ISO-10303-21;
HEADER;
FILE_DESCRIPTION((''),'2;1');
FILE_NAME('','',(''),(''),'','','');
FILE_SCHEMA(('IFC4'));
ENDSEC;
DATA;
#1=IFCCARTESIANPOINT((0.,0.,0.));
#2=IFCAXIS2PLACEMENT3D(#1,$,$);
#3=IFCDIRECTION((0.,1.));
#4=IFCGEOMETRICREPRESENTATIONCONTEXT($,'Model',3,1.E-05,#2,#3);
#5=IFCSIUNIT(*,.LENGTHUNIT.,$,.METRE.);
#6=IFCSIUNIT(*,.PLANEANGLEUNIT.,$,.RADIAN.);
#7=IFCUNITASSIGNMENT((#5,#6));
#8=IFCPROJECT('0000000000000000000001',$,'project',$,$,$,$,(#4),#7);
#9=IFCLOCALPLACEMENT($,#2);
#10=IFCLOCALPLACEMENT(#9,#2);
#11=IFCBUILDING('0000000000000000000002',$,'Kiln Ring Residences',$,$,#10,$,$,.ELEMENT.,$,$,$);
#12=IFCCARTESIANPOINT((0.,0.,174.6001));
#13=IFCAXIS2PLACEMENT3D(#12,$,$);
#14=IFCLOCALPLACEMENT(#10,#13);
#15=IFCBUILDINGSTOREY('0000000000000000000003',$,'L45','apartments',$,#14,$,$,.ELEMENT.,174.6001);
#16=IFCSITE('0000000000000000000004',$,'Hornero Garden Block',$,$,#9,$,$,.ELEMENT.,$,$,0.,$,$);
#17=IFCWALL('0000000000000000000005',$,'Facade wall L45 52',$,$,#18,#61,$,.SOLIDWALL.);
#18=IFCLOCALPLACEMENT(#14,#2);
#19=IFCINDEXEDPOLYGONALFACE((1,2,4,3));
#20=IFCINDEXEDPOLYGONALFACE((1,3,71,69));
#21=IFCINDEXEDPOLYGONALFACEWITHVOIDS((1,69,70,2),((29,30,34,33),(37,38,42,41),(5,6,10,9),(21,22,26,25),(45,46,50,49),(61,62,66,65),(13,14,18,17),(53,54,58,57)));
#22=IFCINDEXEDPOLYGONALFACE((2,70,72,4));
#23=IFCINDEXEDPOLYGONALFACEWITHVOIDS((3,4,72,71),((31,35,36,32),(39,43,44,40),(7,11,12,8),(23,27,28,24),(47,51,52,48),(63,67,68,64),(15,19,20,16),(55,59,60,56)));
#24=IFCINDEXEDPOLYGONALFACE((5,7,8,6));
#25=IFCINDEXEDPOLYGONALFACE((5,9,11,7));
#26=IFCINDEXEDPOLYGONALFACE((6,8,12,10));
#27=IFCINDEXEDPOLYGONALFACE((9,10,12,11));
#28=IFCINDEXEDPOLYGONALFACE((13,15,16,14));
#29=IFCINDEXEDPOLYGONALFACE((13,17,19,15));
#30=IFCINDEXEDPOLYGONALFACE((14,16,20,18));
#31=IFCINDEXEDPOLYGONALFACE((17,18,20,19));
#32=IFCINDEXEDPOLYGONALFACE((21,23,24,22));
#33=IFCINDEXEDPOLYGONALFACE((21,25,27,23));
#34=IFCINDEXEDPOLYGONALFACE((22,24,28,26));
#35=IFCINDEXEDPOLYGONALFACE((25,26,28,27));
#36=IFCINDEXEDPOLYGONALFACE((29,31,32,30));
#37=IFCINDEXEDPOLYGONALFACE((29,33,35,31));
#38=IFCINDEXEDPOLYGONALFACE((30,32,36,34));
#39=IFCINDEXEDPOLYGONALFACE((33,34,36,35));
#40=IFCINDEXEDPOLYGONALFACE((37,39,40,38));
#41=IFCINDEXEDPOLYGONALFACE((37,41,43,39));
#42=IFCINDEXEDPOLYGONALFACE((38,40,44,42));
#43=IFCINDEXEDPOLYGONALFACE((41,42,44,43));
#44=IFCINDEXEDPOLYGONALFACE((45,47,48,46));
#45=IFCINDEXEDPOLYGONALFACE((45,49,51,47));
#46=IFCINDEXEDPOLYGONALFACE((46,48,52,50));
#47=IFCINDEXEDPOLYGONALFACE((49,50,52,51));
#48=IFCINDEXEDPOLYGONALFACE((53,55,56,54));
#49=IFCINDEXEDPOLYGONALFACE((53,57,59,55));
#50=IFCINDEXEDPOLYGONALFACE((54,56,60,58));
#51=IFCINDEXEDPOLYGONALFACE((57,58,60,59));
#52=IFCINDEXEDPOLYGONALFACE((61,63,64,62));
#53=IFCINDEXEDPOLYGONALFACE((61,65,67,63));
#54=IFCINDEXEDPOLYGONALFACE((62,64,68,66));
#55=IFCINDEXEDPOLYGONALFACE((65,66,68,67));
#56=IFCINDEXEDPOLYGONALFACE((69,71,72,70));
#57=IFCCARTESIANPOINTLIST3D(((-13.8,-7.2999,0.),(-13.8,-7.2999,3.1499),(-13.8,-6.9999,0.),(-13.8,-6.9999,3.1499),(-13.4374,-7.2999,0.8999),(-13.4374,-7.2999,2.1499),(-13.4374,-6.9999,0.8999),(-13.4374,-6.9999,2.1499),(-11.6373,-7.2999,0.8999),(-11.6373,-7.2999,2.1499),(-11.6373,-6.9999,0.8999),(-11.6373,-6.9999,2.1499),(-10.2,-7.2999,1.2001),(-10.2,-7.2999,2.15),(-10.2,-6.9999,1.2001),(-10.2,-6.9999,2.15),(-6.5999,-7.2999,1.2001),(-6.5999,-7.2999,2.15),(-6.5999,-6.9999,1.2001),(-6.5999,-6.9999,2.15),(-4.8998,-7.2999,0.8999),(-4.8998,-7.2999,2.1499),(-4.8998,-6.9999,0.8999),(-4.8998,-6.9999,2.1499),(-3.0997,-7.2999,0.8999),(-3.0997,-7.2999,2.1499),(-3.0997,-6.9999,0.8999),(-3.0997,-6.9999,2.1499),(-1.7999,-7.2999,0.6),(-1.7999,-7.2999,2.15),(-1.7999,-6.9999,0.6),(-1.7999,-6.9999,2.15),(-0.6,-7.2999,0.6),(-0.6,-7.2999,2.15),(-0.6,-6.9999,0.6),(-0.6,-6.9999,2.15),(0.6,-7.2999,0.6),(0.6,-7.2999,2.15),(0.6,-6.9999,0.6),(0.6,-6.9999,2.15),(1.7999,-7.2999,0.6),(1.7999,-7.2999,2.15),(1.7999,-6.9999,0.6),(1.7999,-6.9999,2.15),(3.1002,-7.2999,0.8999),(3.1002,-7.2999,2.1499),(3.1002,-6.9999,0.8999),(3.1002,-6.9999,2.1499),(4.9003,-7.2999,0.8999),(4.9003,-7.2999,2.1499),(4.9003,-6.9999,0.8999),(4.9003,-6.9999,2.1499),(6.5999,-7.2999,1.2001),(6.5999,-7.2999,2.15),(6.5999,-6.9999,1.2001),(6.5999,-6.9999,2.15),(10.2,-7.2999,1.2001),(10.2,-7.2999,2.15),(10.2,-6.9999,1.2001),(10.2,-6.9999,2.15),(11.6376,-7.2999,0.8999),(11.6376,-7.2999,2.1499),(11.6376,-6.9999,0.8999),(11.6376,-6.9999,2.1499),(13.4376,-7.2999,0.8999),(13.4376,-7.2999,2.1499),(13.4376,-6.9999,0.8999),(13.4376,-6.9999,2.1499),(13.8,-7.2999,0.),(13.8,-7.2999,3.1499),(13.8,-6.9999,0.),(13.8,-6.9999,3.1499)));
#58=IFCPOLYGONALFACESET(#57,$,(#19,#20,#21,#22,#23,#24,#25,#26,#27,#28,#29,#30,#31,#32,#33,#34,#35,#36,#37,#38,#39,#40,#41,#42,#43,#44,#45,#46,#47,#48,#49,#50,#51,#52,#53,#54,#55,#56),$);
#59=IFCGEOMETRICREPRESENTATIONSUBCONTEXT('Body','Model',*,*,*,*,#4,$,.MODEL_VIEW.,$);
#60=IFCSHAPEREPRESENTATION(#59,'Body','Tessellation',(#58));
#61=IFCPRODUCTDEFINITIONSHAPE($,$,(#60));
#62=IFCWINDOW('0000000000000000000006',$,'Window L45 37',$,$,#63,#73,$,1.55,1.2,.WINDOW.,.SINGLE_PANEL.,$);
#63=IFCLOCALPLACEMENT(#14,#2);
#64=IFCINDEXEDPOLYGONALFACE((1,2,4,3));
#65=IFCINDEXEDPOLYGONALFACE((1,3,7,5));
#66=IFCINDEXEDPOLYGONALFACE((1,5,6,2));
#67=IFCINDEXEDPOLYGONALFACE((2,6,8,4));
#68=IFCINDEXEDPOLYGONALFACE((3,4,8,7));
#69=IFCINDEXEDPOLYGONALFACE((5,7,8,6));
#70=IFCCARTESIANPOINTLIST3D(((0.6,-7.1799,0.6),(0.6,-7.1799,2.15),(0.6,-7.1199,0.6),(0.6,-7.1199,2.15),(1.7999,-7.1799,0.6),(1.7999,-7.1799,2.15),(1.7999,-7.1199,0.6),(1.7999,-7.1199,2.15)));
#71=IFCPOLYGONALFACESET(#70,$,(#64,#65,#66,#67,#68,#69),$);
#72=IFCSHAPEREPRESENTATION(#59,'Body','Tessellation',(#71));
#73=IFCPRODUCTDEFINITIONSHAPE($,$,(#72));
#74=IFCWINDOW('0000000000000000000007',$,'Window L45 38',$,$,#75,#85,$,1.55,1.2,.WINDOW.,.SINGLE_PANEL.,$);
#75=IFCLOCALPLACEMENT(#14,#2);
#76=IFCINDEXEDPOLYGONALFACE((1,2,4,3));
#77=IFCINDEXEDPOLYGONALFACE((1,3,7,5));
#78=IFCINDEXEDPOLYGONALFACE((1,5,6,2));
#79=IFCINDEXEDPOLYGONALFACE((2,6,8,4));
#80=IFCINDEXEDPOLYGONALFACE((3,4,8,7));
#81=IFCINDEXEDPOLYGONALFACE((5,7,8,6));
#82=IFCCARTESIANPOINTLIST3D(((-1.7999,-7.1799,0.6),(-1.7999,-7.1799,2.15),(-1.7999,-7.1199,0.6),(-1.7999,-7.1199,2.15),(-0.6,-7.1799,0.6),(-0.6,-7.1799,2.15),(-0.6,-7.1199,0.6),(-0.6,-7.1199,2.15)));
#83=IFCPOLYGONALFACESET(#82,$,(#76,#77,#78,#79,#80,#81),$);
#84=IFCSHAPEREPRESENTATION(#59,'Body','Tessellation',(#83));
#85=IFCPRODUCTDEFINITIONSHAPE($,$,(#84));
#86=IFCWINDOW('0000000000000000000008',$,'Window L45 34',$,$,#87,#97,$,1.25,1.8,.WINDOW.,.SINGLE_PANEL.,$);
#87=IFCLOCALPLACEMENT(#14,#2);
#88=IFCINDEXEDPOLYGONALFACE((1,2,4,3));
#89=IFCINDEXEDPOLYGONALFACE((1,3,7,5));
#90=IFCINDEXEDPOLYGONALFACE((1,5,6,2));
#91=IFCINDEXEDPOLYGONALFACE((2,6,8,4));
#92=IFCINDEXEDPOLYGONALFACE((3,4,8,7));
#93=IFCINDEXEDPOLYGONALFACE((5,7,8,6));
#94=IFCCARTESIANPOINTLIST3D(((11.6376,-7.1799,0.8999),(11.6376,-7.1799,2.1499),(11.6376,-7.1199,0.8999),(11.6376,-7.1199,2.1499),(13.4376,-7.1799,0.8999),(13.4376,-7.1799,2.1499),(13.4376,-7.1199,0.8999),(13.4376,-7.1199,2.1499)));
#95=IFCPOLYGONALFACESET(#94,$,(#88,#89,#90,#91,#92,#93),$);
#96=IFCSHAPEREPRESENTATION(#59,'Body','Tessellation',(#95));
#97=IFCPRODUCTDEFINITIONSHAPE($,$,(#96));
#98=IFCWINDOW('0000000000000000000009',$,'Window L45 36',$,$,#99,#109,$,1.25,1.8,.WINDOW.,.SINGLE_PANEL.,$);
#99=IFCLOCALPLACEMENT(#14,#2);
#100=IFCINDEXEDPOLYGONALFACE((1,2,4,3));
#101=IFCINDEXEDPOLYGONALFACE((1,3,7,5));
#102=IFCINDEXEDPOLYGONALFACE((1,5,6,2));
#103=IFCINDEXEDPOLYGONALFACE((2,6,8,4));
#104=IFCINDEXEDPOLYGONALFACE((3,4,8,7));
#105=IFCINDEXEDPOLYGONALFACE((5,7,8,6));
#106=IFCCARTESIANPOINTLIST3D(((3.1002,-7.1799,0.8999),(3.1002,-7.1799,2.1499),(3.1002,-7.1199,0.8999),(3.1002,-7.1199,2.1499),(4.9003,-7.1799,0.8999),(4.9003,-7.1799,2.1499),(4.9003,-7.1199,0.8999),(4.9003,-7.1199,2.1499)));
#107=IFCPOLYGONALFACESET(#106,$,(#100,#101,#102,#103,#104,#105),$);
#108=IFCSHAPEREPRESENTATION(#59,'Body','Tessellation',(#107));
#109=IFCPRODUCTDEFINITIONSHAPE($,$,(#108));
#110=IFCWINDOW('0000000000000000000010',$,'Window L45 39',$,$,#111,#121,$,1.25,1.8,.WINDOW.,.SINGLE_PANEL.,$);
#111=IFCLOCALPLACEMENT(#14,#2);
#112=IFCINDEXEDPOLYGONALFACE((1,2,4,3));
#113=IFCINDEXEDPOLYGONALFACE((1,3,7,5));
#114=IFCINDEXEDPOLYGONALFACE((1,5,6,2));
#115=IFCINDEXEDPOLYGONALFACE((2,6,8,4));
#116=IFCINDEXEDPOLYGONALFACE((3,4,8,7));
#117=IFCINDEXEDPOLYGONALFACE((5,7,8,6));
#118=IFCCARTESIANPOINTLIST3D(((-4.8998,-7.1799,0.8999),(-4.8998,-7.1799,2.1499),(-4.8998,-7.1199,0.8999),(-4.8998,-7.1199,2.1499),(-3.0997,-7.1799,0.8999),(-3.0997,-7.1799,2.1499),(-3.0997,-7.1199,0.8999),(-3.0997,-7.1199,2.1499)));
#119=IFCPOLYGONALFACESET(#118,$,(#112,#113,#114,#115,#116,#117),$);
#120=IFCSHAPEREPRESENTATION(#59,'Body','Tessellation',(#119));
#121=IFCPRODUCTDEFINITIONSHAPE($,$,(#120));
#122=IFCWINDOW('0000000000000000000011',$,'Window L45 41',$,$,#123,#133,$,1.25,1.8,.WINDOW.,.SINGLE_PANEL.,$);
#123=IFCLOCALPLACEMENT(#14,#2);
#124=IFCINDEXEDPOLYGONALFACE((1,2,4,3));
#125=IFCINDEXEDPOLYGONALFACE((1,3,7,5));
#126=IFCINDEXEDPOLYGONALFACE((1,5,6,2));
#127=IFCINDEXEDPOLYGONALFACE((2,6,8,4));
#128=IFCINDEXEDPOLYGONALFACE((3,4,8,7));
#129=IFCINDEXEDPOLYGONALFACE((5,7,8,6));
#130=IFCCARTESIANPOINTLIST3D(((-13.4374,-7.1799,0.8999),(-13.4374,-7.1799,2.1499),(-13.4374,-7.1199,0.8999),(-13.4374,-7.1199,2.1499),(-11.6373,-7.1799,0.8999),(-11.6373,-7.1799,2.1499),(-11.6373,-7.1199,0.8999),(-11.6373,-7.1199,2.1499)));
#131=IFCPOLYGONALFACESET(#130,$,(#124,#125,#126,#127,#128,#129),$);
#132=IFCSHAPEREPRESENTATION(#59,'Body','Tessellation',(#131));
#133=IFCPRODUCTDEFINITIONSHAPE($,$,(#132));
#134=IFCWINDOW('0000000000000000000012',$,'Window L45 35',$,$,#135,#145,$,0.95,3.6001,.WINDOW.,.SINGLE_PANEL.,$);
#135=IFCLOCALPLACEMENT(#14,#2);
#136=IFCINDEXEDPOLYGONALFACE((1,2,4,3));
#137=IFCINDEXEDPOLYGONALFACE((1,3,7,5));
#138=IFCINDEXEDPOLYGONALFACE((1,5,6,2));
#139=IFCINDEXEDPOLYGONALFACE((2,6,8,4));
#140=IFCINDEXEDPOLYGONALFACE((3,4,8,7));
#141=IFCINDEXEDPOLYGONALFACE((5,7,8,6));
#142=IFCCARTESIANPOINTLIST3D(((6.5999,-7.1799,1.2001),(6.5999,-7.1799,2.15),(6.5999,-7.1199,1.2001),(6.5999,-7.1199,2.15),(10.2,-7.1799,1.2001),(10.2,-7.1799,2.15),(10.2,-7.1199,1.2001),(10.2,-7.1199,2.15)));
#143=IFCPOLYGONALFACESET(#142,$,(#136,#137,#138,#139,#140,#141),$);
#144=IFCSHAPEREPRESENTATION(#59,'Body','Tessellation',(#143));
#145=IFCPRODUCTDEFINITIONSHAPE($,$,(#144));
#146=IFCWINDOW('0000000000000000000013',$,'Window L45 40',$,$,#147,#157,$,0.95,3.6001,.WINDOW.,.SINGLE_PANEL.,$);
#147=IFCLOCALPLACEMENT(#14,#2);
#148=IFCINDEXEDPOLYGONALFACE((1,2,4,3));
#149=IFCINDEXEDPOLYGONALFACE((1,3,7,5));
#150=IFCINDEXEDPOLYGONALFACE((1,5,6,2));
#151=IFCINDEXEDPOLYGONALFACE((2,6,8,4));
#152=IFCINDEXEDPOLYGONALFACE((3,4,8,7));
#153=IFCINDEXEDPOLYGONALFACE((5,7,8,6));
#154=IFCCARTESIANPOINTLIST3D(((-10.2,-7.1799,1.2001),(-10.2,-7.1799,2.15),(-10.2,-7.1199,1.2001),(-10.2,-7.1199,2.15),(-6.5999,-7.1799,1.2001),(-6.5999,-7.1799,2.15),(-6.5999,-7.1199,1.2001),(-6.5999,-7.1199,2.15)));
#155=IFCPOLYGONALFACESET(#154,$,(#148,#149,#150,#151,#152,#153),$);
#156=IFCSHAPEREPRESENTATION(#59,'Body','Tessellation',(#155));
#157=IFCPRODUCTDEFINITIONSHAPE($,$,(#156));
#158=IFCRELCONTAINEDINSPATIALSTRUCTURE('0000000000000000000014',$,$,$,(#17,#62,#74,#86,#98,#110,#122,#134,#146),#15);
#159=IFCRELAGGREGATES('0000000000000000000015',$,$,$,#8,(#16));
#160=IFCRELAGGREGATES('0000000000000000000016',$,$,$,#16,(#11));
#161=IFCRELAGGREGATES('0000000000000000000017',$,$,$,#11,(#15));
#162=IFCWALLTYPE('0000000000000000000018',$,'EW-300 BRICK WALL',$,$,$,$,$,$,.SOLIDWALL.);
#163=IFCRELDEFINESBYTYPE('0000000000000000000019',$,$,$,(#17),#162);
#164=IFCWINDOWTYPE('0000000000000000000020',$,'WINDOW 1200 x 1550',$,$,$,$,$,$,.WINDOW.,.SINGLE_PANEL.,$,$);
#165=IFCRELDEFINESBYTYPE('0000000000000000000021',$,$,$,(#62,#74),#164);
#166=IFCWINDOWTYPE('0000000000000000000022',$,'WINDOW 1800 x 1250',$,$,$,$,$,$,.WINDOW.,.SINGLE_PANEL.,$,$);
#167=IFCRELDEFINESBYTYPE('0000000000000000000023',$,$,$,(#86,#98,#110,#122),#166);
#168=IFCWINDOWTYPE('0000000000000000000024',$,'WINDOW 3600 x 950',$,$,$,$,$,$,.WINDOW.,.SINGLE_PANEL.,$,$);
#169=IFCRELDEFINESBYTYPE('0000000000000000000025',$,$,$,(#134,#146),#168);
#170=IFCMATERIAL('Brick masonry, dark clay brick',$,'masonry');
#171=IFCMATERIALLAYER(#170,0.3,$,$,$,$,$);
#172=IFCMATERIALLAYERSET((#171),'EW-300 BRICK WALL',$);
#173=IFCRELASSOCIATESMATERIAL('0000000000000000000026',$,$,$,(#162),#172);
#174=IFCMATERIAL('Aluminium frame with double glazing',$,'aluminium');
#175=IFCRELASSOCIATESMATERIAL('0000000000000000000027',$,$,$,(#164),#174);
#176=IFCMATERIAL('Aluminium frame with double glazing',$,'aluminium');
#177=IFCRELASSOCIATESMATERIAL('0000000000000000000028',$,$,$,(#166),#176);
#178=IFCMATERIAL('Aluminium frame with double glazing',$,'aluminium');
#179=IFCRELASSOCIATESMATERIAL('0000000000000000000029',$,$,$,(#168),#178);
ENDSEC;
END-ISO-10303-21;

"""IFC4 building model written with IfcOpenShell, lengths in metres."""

from ifc_helpers import new_model, si_unit, direction, frame, frame_2d, origin, place, context, subcontext, project, spatial, rectangle, extrude, material, layer, layer_set, type_object, element, fill, save


model = new_model("IFC4")

# Units and contexts
model_context = context("Model", 3, precision=1e-05, world=origin(), true_north=direction((0.0, 1.0)))
body_context = subcontext(model_context, "Body", "Model", "MODEL_VIEW")
ifc_project = project(units=[si_unit("LENGTHUNIT", "METRE"), si_unit("PLANEANGLEUNIT", "RADIAN")], contexts=[model_context])

# Site, building, storey
site_placement = place(None, origin())
site = spatial("IfcSite", under=ifc_project, at=site_placement, Name="Hornero Garden Block", CompositionType="ELEMENT", RefElevation=0.0)
building_placement = place(site_placement, origin())
building = spatial("IfcBuilding", under=site, at=building_placement, Name="Kiln Ring Residences", CompositionType="ELEMENT")
storey_placement = place(building_placement, frame((0.0, 0.0, 174.6001)))
storey = spatial("IfcBuildingStorey", under=building, at=storey_placement, Name="L45", Description="apartments", CompositionType="ELEMENT", Elevation=174.6001)

# Wall, openings, windows
ifc_material_1 = material(Name="Brick masonry, dark clay brick", Category="masonry")
ifc_layer_1 = layer(ifc_material_1, 0.3)
ifc_layer_set_1 = layer_set([ifc_layer_1], Name="EW-300 BRICK WALL")
wall_type = type_object("IfcWallType", Name="EW-300 BRICK WALL", PredefinedType="SOLIDWALL", material=ifc_layer_set_1)
wall_placement = place(storey_placement, frame((13.8, -7.1499, 0.0), z_axis=(0.0, 0.0, 1.0), x_axis=(-1.0, 0.0, 0.0)))
wall = element("IfcWall", 1, at=wall_placement, inside=storey, type_object=wall_type, Name="Facade wall L45 52", PredefinedType="SOLIDWALL", context=body_context, shape_type="SweptSolid", body=[
    extrude(rectangle(XDim=27.6001, YDim=0.3, at=frame_2d((13.8, 0.0))), origin(), (0.0, 0.0, 1.0), 3.1499),
])
opening_1_placement = place(wall_placement, frame((0.3625, 0.0, 0.8999)))
opening_1 = element("IfcOpeningElement", 2, at=opening_1_placement, cuts=wall, PredefinedType="OPENING", context=body_context, shape_type="SweptSolid", body=[
    extrude(rectangle(XDim=1.8, YDim=1.25, at=frame_2d((0.8999, 0.625))), frame((0.0, 0.1599, 0.0), z_axis=(0.0, -1.0, 0.0), x_axis=(1.0, 0.0, 0.0)), (0.0, 0.0, 1.0), 0.3201),
])
opening_2_placement = place(wall_placement, frame((3.6001, 0.0, 1.2)))
opening_2 = element("IfcOpeningElement", 3, at=opening_2_placement, cuts=wall, PredefinedType="OPENING", context=body_context, shape_type="SweptSolid", body=[
    extrude(rectangle(XDim=3.6001, YDim=0.95, at=frame_2d((1.8, 0.4751))), frame((0.0, 0.1599, 0.0), z_axis=(0.0, -1.0, 0.0), x_axis=(1.0, 0.0, 0.0)), (0.0, 0.0, 1.0), 0.3201),
])
opening_3_placement = place(wall_placement, frame((8.8999, 0.0, 0.8999)))
opening_3 = element("IfcOpeningElement", 4, at=opening_3_placement, cuts=wall, PredefinedType="OPENING", context=body_context, shape_type="SweptSolid", body=[
    extrude(rectangle(XDim=1.8, YDim=1.25, at=frame_2d((0.8999, 0.625))), frame((0.0, 0.1599, 0.0), z_axis=(0.0, -1.0, 0.0), x_axis=(1.0, 0.0, 0.0)), (0.0, 0.0, 1.0), 0.3201),
])
opening_4_placement = place(wall_placement, frame((12.0, 0.0, 0.6001)))
opening_4 = element("IfcOpeningElement", 5, at=opening_4_placement, cuts=wall, PredefinedType="OPENING", context=body_context, shape_type="SweptSolid", body=[
    extrude(rectangle(XDim=1.2, YDim=1.55, at=frame_2d((0.6001, 0.7749))), frame((0.0, 0.1599, 0.0), z_axis=(0.0, -1.0, 0.0), x_axis=(1.0, 0.0, 0.0)), (0.0, 0.0, 1.0), 0.3201),
])
opening_5_placement = place(wall_placement, frame((14.3999, 0.0, 0.6001)))
opening_5 = element("IfcOpeningElement", 6, at=opening_5_placement, cuts=wall, PredefinedType="OPENING", context=body_context, shape_type="SweptSolid", body=[
    extrude(rectangle(XDim=1.2, YDim=1.55, at=frame_2d((0.6001, 0.7749))), frame((0.0, 0.1599, 0.0), z_axis=(0.0, -1.0, 0.0), x_axis=(1.0, 0.0, 0.0)), (0.0, 0.0, 1.0), 0.3201),
])
opening_6_placement = place(wall_placement, frame((16.8999, 0.0, 0.8999)))
opening_6 = element("IfcOpeningElement", 7, at=opening_6_placement, cuts=wall, PredefinedType="OPENING", context=body_context, shape_type="SweptSolid", body=[
    extrude(rectangle(XDim=1.8, YDim=1.25, at=frame_2d((0.8999, 0.625))), frame((0.0, 0.1599, 0.0), z_axis=(0.0, -1.0, 0.0), x_axis=(1.0, 0.0, 0.0)), (0.0, 0.0, 1.0), 0.3201),
])
opening_7_placement = place(wall_placement, frame((20.3999, 0.0, 1.2)))
opening_7 = element("IfcOpeningElement", 8, at=opening_7_placement, cuts=wall, PredefinedType="OPENING", context=body_context, shape_type="SweptSolid", body=[
    extrude(rectangle(XDim=3.6001, YDim=0.95, at=frame_2d((1.8, 0.4751))), frame((0.0, 0.1599, 0.0), z_axis=(0.0, -1.0, 0.0), x_axis=(1.0, 0.0, 0.0)), (0.0, 0.0, 1.0), 0.3201),
])
opening_8_placement = place(wall_placement, frame((25.4375, 0.0, 0.8999)))
opening_8 = element("IfcOpeningElement", 9, at=opening_8_placement, cuts=wall, PredefinedType="OPENING", context=body_context, shape_type="SweptSolid", body=[
    extrude(rectangle(XDim=1.8, YDim=1.25, at=frame_2d((0.8999, 0.625))), frame((0.0, 0.1599, 0.0), z_axis=(0.0, -1.0, 0.0), x_axis=(1.0, 0.0, 0.0)), (0.0, 0.0, 1.0), 0.3201),
])
ifc_material_2 = material(Name="Aluminium frame with double glazing", Category="aluminium")
window_type_1 = type_object("IfcWindowType", Name="WINDOW 1200 x 1550", PartitioningType="SINGLE_PANEL", PredefinedType="WINDOW", material=ifc_material_2)
window_1_placement = place(opening_4_placement, origin())
window_1 = element("IfcWindow", 10, at=window_1_placement, inside=storey, type_object=window_type_1, Name="Window L45 37", OverallHeight=1.55, OverallWidth=1.2, PartitioningType="SINGLE_PANEL", PredefinedType="WINDOW", context=body_context, shape_type="SweptSolid", body=[
    extrude(rectangle(XDim=1.2, YDim=1.55, at=frame_2d((0.6001, 0.7749))), frame((0.0, 0.03, 0.0), z_axis=(0.0, -1.0, 0.0), x_axis=(1.0, 0.0, 0.0)), (0.0, 0.0, 1.0), 0.0601),
])
fill(opening_4, window_1)
window_2_placement = place(opening_5_placement, origin())
window_2 = element("IfcWindow", 11, at=window_2_placement, inside=storey, type_object=window_type_1, Name="Window L45 38", OverallHeight=1.55, OverallWidth=1.2, PartitioningType="SINGLE_PANEL", PredefinedType="WINDOW", context=body_context, shape_type="SweptSolid", body=[
    extrude(rectangle(XDim=1.2, YDim=1.55, at=frame_2d((0.6001, 0.7749))), frame((0.0, 0.03, 0.0), z_axis=(0.0, -1.0, 0.0), x_axis=(1.0, 0.0, 0.0)), (0.0, 0.0, 1.0), 0.0601),
])
fill(opening_5, window_2)
ifc_material_3 = material(Name="Aluminium frame with double glazing", Category="aluminium")
window_type_2 = type_object("IfcWindowType", Name="WINDOW 1800 x 1250", PartitioningType="SINGLE_PANEL", PredefinedType="WINDOW", material=ifc_material_3)
window_3_placement = place(opening_1_placement, origin())
window_3 = element("IfcWindow", 12, at=window_3_placement, inside=storey, type_object=window_type_2, Name="Window L45 34", OverallHeight=1.25, OverallWidth=1.8, PartitioningType="SINGLE_PANEL", PredefinedType="WINDOW", context=body_context, shape_type="SweptSolid", body=[
    extrude(rectangle(XDim=1.8, YDim=1.25, at=frame_2d((0.8999, 0.625))), frame((0.0, 0.03, 0.0), z_axis=(0.0, -1.0, 0.0), x_axis=(1.0, 0.0, 0.0)), (0.0, 0.0, 1.0), 0.0601),
])
fill(opening_1, window_3)
window_4_placement = place(opening_3_placement, origin())
window_4 = element("IfcWindow", 13, at=window_4_placement, inside=storey, type_object=window_type_2, Name="Window L45 36", OverallHeight=1.25, OverallWidth=1.8, PartitioningType="SINGLE_PANEL", PredefinedType="WINDOW", context=body_context, shape_type="SweptSolid", body=[
    extrude(rectangle(XDim=1.8, YDim=1.25, at=frame_2d((0.8999, 0.625))), frame((0.0, 0.03, 0.0), z_axis=(0.0, -1.0, 0.0), x_axis=(1.0, 0.0, 0.0)), (0.0, 0.0, 1.0), 0.0601),
])
fill(opening_3, window_4)
window_5_placement = place(opening_6_placement, origin())
window_5 = element("IfcWindow", 14, at=window_5_placement, inside=storey, type_object=window_type_2, Name="Window L45 39", OverallHeight=1.25, OverallWidth=1.8, PartitioningType="SINGLE_PANEL", PredefinedType="WINDOW", context=body_context, shape_type="SweptSolid", body=[
    extrude(rectangle(XDim=1.8, YDim=1.25, at=frame_2d((0.8999, 0.625))), frame((0.0, 0.03, 0.0), z_axis=(0.0, -1.0, 0.0), x_axis=(1.0, 0.0, 0.0)), (0.0, 0.0, 1.0), 0.0601),
])
fill(opening_6, window_5)
window_6_placement = place(opening_8_placement, origin())
window_6 = element("IfcWindow", 15, at=window_6_placement, inside=storey, type_object=window_type_2, Name="Window L45 41", OverallHeight=1.25, OverallWidth=1.8, PartitioningType="SINGLE_PANEL", PredefinedType="WINDOW", context=body_context, shape_type="SweptSolid", body=[
    extrude(rectangle(XDim=1.8, YDim=1.25, at=frame_2d((0.8999, 0.625))), frame((0.0, 0.03, 0.0), z_axis=(0.0, -1.0, 0.0), x_axis=(1.0, 0.0, 0.0)), (0.0, 0.0, 1.0), 0.0601),
])
fill(opening_8, window_6)
ifc_material_4 = material(Name="Aluminium frame with double glazing", Category="aluminium")
window_type_3 = type_object("IfcWindowType", Name="WINDOW 3600 x 950", PartitioningType="SINGLE_PANEL", PredefinedType="WINDOW", material=ifc_material_4)
window_7_placement = place(opening_2_placement, origin())
window_7 = element("IfcWindow", 16, at=window_7_placement, inside=storey, type_object=window_type_3, Name="Window L45 35", OverallHeight=0.95, OverallWidth=3.6001, PartitioningType="SINGLE_PANEL", PredefinedType="WINDOW", context=body_context, shape_type="SweptSolid", body=[
    extrude(rectangle(XDim=3.6001, YDim=0.95, at=frame_2d((1.8, 0.4751))), frame((0.0, 0.03, 0.0), z_axis=(0.0, -1.0, 0.0), x_axis=(1.0, 0.0, 0.0)), (0.0, 0.0, 1.0), 0.0601),
])
fill(opening_2, window_7)
window_8_placement = place(opening_7_placement, origin())
window_8 = element("IfcWindow", 17, at=window_8_placement, inside=storey, type_object=window_type_3, Name="Window L45 40", OverallHeight=0.95, OverallWidth=3.6001, PartitioningType="SINGLE_PANEL", PredefinedType="WINDOW", context=body_context, shape_type="SweptSolid", body=[
    extrude(rectangle(XDim=3.6001, YDim=0.95, at=frame_2d((1.8, 0.4751))), frame((0.0, 0.03, 0.0), z_axis=(0.0, -1.0, 0.0), x_axis=(1.0, 0.0, 0.0)), (0.0, 0.0, 1.0), 0.0601),
])
fill(opening_7, window_8)

save(model, "model.ifc")
